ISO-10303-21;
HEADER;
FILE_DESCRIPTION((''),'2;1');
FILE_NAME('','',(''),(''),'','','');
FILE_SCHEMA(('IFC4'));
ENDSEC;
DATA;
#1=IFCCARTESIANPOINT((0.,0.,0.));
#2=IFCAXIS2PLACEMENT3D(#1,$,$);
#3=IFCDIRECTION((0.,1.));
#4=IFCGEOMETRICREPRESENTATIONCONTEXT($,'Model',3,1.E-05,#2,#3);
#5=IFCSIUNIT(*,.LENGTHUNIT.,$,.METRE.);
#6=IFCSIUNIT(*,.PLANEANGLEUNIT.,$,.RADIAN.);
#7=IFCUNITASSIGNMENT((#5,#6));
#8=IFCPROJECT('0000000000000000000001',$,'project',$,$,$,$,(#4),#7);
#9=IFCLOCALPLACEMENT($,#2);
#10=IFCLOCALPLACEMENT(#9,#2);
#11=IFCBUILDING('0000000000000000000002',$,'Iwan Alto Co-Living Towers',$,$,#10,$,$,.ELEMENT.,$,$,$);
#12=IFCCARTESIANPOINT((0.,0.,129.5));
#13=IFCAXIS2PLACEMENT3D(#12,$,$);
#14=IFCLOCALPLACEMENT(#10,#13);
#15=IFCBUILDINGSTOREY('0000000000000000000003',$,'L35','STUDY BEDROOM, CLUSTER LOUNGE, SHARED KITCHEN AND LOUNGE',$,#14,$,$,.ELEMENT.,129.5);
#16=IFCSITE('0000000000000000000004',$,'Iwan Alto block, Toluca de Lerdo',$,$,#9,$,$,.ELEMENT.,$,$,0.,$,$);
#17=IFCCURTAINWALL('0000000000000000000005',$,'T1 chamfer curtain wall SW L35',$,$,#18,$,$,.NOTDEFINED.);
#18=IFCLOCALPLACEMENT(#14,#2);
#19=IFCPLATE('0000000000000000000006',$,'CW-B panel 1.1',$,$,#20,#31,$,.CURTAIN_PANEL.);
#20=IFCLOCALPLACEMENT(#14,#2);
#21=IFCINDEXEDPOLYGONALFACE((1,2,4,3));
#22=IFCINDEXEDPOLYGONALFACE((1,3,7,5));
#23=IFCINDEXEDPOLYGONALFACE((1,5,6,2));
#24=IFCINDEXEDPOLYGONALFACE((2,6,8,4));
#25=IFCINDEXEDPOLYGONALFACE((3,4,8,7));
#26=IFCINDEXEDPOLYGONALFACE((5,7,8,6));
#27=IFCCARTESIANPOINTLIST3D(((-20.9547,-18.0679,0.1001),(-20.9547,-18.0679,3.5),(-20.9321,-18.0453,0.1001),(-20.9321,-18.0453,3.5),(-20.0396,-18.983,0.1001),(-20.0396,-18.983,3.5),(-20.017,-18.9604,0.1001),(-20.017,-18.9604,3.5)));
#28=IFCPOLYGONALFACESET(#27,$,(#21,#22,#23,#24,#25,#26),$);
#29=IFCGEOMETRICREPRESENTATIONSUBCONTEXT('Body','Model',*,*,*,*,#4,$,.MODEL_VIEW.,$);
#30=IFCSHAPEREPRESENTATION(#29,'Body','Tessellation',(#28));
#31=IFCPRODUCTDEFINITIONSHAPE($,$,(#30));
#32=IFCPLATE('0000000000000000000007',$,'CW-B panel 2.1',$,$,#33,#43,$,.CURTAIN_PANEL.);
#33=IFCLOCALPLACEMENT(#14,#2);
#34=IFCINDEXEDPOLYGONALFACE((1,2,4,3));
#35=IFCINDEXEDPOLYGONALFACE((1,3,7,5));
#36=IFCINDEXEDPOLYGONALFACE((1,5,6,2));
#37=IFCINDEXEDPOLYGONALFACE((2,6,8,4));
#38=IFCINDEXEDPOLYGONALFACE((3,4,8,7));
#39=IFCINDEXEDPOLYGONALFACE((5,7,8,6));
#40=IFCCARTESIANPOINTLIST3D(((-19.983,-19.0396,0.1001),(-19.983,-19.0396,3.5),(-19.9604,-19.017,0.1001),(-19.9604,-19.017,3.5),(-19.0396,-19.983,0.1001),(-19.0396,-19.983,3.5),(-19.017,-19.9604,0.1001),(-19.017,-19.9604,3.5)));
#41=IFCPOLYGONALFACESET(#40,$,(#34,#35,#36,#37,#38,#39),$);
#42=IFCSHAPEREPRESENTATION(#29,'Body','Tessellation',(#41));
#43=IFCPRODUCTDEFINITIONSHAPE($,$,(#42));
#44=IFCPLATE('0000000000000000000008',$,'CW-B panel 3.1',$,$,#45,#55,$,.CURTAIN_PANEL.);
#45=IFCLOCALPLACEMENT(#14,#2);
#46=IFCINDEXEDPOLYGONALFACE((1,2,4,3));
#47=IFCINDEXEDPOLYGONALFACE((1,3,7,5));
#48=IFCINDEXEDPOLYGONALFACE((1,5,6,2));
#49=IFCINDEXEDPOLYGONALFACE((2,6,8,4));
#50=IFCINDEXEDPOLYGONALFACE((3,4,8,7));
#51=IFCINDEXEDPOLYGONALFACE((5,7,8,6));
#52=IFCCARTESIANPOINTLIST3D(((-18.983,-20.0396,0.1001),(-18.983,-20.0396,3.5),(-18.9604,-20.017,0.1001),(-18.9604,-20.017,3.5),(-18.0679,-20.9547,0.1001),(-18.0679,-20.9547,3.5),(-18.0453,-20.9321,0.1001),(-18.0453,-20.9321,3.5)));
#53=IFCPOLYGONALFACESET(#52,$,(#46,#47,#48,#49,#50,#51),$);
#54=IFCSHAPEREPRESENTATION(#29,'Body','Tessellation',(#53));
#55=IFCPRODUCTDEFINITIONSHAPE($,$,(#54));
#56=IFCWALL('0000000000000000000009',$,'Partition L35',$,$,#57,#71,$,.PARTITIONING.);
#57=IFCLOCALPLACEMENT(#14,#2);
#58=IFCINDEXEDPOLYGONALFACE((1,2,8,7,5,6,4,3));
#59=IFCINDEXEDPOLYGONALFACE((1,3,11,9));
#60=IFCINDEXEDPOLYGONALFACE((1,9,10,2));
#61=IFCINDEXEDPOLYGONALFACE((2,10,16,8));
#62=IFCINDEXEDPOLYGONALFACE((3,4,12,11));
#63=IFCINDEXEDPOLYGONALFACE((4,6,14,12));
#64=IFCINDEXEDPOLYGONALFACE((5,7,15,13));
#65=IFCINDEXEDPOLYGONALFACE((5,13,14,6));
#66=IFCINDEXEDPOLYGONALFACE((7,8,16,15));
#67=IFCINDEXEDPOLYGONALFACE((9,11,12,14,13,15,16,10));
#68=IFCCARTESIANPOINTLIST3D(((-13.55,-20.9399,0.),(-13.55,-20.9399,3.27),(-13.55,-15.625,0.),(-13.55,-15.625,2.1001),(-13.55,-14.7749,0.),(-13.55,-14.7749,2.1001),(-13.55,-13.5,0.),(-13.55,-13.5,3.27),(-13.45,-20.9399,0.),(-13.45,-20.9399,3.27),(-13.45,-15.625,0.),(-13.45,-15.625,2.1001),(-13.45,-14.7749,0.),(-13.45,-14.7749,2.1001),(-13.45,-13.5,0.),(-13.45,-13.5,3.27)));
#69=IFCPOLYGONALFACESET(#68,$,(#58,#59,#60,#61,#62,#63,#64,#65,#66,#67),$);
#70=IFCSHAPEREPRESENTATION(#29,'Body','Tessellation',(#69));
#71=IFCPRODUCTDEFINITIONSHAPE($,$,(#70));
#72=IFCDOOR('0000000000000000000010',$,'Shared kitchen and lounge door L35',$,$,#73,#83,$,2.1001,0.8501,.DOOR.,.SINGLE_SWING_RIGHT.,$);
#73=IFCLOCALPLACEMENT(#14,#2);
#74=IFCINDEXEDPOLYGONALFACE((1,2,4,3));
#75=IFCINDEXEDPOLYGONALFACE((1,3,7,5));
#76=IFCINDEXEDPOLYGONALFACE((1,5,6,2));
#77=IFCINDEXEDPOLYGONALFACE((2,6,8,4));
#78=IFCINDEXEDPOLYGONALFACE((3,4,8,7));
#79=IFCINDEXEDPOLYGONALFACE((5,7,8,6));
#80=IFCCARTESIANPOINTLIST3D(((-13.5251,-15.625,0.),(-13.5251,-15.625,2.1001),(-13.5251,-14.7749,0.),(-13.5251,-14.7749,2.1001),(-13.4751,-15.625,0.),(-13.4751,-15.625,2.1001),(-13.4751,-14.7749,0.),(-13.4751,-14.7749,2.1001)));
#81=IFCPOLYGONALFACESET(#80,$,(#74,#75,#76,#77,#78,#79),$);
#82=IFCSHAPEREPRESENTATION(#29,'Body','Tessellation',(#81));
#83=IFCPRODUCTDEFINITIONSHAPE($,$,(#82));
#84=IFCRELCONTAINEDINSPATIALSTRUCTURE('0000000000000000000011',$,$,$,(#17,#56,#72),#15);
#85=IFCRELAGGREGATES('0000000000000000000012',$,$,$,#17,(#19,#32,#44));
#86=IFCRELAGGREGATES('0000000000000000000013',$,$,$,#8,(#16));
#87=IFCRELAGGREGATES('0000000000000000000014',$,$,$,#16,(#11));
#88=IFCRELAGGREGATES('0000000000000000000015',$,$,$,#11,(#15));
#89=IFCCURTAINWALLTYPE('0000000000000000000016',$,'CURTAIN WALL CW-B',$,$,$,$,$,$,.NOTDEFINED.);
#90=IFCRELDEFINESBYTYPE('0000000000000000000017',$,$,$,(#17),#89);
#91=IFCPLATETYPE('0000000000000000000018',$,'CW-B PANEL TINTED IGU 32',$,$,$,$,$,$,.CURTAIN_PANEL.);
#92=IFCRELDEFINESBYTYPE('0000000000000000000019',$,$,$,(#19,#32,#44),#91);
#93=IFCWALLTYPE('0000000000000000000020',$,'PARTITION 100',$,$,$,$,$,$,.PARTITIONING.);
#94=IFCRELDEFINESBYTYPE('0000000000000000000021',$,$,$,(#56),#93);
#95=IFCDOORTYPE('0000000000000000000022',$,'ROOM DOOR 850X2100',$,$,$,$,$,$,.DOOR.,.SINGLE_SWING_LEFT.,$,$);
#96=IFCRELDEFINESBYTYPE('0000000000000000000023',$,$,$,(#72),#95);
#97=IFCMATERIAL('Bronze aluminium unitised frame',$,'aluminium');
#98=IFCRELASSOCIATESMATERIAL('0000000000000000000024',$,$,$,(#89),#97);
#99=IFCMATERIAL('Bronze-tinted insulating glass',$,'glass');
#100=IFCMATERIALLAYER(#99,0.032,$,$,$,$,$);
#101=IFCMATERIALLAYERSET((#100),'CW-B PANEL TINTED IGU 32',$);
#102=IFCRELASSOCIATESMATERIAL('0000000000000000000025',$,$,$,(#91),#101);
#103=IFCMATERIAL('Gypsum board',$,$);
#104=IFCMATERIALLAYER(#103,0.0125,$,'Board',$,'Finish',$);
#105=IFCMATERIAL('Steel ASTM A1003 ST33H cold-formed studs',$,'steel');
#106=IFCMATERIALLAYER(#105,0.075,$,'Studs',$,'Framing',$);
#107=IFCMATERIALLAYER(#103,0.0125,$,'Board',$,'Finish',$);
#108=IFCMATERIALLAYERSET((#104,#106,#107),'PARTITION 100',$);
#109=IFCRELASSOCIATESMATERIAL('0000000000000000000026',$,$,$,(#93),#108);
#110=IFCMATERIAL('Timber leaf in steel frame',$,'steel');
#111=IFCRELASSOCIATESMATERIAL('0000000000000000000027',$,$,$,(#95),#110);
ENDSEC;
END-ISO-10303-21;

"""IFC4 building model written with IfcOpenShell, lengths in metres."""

from ifc_helpers import new_model, si_unit, direction, frame, frame_2d, origin, origin_2d, place, context, subcontext, project, spatial, rectangle, extrude, material, layer, layer_set, type_object, element, fill, aggregate, save


model = new_model("IFC4")

# Units and contexts
model_context = context("Model", 3, precision=1e-05, world=origin(), true_north=direction((0.0, 1.0)))
body_context = subcontext(model_context, "Body", "Model", "MODEL_VIEW")
ifc_project = project(units=[si_unit("LENGTHUNIT", "METRE"), si_unit("PLANEANGLEUNIT", "RADIAN")], contexts=[model_context])

# Site, building, storey
site_placement = place(None, origin())
site = spatial("IfcSite", under=ifc_project, at=site_placement, Name="Iwan Alto block, Toluca de Lerdo", CompositionType="ELEMENT", RefElevation=0.0)
building_placement = place(site_placement, origin())
building = spatial("IfcBuilding", under=site, at=building_placement, Name="Iwan Alto Co-Living Towers", CompositionType="ELEMENT")
storey_placement = place(building_placement, frame((0.0, 0.0, 129.5)))
storey = spatial("IfcBuildingStorey", under=building, at=storey_placement, Name="L35", Description="STUDY BEDROOM, CLUSTER LOUNGE, SHARED KITCHEN AND LOUNGE", CompositionType="ELEMENT", Elevation=129.5)

# Curtain wall
ifc_material_1 = material(Name="Bronze aluminium unitised frame", Category="aluminium")
curtain_wall_type_1 = type_object("IfcCurtainWallType", Name="CURTAIN WALL CW-B", PredefinedType="NOTDEFINED", material=ifc_material_1)
curtain_wall_1_placement = place(storey_placement, origin())
curtain_wall_1 = element("IfcCurtainWall", 1, at=curtain_wall_1_placement, inside=storey, type_object=curtain_wall_type_1, Name="T1 chamfer curtain wall SW L35", PredefinedType="NOTDEFINED")

# Plates
ifc_material_2 = material(Name="Bronze-tinted insulating glass", Category="glass")
ifc_layer_1 = layer(ifc_material_2, 0.032)
ifc_layer_set_1 = layer_set([ifc_layer_1], Name="CW-B PANEL TINTED IGU 32")
plate_type_1 = type_object("IfcPlateType", Name="CW-B PANEL TINTED IGU 32", PredefinedType="CURTAIN_PANEL", material=ifc_layer_set_1)
plate_1_placement = place(storey_placement, frame((-20.4858, -18.5142, 0.1001), z_axis=(0.0, 0.0, 1.0), x_axis=(0.707107, -0.707107, 0.0)))
plate_1 = element("IfcPlate", 2, at=plate_1_placement, type_object=plate_type_1, Name="CW-B panel 1.1", PredefinedType="CURTAIN_PANEL", context=body_context, shape_type="SweptSolid", body=[
    extrude(rectangle(XDim=1.2942, YDim=0.032, at=origin_2d()), origin(), (0.0, 0.0, 1.0), 3.3999),
])
plate_2_placement = place(storey_placement, frame((-19.5, -19.5, 0.1001), z_axis=(0.0, 0.0, 1.0), x_axis=(0.707107, -0.707107, 0.0)))
plate_2 = element("IfcPlate", 3, at=plate_2_placement, type_object=plate_type_1, Name="CW-B panel 2.1", PredefinedType="CURTAIN_PANEL", context=body_context, shape_type="SweptSolid", body=[
    extrude(rectangle(XDim=1.3342, YDim=0.032, at=origin_2d()), origin(), (0.0, 0.0, 1.0), 3.3999),
])
plate_3_placement = place(storey_placement, frame((-18.5142, -20.4858, 0.1001), z_axis=(0.0, 0.0, 1.0), x_axis=(0.707107, -0.707107, 0.0)))
plate_3 = element("IfcPlate", 4, at=plate_3_placement, type_object=plate_type_1, Name="CW-B panel 3.1", PredefinedType="CURTAIN_PANEL", context=body_context, shape_type="SweptSolid", body=[
    extrude(rectangle(XDim=1.2942, YDim=0.032, at=origin_2d()), origin(), (0.0, 0.0, 1.0), 3.3999),
])
aggregate(curtain_wall_1, [plate_1, plate_2, plate_3])

# Wall, opening, door
ifc_material_3 = material(Name="Gypsum board")
ifc_layer_2 = layer(ifc_material_3, 0.0125, Name="Board", Category="Finish")
ifc_material_4 = material(Name="Steel ASTM A1003 ST33H cold-formed studs", Category="steel")
ifc_layer_3 = layer(ifc_material_4, 0.075, Name="Studs", Category="Framing")
ifc_layer_4 = layer(ifc_material_3, 0.0125, Name="Board", Category="Finish")
ifc_layer_set_2 = layer_set([ifc_layer_2, ifc_layer_3, ifc_layer_4], Name="PARTITION 100")
wall_type = type_object("IfcWallType", Name="PARTITION 100", PredefinedType="PARTITIONING", material=ifc_layer_set_2)
wall_placement = place(storey_placement, frame((-13.5, -20.9399, 0.0), z_axis=(0.0, 0.0, 1.0), x_axis=(0.0, 1.0, 0.0)))
wall = element("IfcWall", 5, at=wall_placement, inside=storey, type_object=wall_type, Name="Partition L35", PredefinedType="PARTITIONING", context=body_context, shape_type="SweptSolid", body=[
    extrude(rectangle(XDim=7.4399, YDim=0.1001, at=frame_2d((3.72, 0.0))), origin(), (0.0, 0.0, 1.0), 3.27),
])
opening_placement = place(wall_placement, frame((5.3149, 0.0, 0.0)))
opening = element("IfcOpeningElement", 6, at=opening_placement, cuts=wall, PredefinedType="OPENING", context=body_context, shape_type="SweptSolid", body=[
    extrude(rectangle(XDim=0.8501, YDim=2.1001, at=frame_2d((0.425, 1.05))), frame((0.0, 0.0601, 0.0), z_axis=(0.0, -1.0, 0.0), x_axis=(1.0, 0.0, 0.0)), (0.0, 0.0, 1.0), 0.1201),
])
ifc_material_5 = material(Name="Timber leaf in steel frame", Category="steel")
door_type = type_object("IfcDoorType", Name="ROOM DOOR 850X2100", OperationType="SINGLE_SWING_LEFT", PredefinedType="DOOR", material=ifc_material_5)
door_placement = place(opening_placement, frame((0.8501, 0.0, 0.0), z_axis=(0.0, 0.0, 1.0), x_axis=(-1.0, 0.0, 0.0)))
door = element("IfcDoor", 7, at=door_placement, inside=storey, type_object=door_type, Name="Shared kitchen and lounge door L35", OperationType="SINGLE_SWING_RIGHT", OverallHeight=2.1001, OverallWidth=0.8501, PredefinedType="DOOR", context=body_context, shape_type="SweptSolid", body=[
    extrude(rectangle(XDim=0.8501, YDim=2.1001, at=frame_2d((0.425, 1.05))), frame((0.0, 0.0249, 0.0), z_axis=(0.0, -1.0, 0.0), x_axis=(1.0, 0.0, 0.0)), (0.0, 0.0, 1.0), 0.05),
])
fill(opening, door)

save(model, "model.ifc")
